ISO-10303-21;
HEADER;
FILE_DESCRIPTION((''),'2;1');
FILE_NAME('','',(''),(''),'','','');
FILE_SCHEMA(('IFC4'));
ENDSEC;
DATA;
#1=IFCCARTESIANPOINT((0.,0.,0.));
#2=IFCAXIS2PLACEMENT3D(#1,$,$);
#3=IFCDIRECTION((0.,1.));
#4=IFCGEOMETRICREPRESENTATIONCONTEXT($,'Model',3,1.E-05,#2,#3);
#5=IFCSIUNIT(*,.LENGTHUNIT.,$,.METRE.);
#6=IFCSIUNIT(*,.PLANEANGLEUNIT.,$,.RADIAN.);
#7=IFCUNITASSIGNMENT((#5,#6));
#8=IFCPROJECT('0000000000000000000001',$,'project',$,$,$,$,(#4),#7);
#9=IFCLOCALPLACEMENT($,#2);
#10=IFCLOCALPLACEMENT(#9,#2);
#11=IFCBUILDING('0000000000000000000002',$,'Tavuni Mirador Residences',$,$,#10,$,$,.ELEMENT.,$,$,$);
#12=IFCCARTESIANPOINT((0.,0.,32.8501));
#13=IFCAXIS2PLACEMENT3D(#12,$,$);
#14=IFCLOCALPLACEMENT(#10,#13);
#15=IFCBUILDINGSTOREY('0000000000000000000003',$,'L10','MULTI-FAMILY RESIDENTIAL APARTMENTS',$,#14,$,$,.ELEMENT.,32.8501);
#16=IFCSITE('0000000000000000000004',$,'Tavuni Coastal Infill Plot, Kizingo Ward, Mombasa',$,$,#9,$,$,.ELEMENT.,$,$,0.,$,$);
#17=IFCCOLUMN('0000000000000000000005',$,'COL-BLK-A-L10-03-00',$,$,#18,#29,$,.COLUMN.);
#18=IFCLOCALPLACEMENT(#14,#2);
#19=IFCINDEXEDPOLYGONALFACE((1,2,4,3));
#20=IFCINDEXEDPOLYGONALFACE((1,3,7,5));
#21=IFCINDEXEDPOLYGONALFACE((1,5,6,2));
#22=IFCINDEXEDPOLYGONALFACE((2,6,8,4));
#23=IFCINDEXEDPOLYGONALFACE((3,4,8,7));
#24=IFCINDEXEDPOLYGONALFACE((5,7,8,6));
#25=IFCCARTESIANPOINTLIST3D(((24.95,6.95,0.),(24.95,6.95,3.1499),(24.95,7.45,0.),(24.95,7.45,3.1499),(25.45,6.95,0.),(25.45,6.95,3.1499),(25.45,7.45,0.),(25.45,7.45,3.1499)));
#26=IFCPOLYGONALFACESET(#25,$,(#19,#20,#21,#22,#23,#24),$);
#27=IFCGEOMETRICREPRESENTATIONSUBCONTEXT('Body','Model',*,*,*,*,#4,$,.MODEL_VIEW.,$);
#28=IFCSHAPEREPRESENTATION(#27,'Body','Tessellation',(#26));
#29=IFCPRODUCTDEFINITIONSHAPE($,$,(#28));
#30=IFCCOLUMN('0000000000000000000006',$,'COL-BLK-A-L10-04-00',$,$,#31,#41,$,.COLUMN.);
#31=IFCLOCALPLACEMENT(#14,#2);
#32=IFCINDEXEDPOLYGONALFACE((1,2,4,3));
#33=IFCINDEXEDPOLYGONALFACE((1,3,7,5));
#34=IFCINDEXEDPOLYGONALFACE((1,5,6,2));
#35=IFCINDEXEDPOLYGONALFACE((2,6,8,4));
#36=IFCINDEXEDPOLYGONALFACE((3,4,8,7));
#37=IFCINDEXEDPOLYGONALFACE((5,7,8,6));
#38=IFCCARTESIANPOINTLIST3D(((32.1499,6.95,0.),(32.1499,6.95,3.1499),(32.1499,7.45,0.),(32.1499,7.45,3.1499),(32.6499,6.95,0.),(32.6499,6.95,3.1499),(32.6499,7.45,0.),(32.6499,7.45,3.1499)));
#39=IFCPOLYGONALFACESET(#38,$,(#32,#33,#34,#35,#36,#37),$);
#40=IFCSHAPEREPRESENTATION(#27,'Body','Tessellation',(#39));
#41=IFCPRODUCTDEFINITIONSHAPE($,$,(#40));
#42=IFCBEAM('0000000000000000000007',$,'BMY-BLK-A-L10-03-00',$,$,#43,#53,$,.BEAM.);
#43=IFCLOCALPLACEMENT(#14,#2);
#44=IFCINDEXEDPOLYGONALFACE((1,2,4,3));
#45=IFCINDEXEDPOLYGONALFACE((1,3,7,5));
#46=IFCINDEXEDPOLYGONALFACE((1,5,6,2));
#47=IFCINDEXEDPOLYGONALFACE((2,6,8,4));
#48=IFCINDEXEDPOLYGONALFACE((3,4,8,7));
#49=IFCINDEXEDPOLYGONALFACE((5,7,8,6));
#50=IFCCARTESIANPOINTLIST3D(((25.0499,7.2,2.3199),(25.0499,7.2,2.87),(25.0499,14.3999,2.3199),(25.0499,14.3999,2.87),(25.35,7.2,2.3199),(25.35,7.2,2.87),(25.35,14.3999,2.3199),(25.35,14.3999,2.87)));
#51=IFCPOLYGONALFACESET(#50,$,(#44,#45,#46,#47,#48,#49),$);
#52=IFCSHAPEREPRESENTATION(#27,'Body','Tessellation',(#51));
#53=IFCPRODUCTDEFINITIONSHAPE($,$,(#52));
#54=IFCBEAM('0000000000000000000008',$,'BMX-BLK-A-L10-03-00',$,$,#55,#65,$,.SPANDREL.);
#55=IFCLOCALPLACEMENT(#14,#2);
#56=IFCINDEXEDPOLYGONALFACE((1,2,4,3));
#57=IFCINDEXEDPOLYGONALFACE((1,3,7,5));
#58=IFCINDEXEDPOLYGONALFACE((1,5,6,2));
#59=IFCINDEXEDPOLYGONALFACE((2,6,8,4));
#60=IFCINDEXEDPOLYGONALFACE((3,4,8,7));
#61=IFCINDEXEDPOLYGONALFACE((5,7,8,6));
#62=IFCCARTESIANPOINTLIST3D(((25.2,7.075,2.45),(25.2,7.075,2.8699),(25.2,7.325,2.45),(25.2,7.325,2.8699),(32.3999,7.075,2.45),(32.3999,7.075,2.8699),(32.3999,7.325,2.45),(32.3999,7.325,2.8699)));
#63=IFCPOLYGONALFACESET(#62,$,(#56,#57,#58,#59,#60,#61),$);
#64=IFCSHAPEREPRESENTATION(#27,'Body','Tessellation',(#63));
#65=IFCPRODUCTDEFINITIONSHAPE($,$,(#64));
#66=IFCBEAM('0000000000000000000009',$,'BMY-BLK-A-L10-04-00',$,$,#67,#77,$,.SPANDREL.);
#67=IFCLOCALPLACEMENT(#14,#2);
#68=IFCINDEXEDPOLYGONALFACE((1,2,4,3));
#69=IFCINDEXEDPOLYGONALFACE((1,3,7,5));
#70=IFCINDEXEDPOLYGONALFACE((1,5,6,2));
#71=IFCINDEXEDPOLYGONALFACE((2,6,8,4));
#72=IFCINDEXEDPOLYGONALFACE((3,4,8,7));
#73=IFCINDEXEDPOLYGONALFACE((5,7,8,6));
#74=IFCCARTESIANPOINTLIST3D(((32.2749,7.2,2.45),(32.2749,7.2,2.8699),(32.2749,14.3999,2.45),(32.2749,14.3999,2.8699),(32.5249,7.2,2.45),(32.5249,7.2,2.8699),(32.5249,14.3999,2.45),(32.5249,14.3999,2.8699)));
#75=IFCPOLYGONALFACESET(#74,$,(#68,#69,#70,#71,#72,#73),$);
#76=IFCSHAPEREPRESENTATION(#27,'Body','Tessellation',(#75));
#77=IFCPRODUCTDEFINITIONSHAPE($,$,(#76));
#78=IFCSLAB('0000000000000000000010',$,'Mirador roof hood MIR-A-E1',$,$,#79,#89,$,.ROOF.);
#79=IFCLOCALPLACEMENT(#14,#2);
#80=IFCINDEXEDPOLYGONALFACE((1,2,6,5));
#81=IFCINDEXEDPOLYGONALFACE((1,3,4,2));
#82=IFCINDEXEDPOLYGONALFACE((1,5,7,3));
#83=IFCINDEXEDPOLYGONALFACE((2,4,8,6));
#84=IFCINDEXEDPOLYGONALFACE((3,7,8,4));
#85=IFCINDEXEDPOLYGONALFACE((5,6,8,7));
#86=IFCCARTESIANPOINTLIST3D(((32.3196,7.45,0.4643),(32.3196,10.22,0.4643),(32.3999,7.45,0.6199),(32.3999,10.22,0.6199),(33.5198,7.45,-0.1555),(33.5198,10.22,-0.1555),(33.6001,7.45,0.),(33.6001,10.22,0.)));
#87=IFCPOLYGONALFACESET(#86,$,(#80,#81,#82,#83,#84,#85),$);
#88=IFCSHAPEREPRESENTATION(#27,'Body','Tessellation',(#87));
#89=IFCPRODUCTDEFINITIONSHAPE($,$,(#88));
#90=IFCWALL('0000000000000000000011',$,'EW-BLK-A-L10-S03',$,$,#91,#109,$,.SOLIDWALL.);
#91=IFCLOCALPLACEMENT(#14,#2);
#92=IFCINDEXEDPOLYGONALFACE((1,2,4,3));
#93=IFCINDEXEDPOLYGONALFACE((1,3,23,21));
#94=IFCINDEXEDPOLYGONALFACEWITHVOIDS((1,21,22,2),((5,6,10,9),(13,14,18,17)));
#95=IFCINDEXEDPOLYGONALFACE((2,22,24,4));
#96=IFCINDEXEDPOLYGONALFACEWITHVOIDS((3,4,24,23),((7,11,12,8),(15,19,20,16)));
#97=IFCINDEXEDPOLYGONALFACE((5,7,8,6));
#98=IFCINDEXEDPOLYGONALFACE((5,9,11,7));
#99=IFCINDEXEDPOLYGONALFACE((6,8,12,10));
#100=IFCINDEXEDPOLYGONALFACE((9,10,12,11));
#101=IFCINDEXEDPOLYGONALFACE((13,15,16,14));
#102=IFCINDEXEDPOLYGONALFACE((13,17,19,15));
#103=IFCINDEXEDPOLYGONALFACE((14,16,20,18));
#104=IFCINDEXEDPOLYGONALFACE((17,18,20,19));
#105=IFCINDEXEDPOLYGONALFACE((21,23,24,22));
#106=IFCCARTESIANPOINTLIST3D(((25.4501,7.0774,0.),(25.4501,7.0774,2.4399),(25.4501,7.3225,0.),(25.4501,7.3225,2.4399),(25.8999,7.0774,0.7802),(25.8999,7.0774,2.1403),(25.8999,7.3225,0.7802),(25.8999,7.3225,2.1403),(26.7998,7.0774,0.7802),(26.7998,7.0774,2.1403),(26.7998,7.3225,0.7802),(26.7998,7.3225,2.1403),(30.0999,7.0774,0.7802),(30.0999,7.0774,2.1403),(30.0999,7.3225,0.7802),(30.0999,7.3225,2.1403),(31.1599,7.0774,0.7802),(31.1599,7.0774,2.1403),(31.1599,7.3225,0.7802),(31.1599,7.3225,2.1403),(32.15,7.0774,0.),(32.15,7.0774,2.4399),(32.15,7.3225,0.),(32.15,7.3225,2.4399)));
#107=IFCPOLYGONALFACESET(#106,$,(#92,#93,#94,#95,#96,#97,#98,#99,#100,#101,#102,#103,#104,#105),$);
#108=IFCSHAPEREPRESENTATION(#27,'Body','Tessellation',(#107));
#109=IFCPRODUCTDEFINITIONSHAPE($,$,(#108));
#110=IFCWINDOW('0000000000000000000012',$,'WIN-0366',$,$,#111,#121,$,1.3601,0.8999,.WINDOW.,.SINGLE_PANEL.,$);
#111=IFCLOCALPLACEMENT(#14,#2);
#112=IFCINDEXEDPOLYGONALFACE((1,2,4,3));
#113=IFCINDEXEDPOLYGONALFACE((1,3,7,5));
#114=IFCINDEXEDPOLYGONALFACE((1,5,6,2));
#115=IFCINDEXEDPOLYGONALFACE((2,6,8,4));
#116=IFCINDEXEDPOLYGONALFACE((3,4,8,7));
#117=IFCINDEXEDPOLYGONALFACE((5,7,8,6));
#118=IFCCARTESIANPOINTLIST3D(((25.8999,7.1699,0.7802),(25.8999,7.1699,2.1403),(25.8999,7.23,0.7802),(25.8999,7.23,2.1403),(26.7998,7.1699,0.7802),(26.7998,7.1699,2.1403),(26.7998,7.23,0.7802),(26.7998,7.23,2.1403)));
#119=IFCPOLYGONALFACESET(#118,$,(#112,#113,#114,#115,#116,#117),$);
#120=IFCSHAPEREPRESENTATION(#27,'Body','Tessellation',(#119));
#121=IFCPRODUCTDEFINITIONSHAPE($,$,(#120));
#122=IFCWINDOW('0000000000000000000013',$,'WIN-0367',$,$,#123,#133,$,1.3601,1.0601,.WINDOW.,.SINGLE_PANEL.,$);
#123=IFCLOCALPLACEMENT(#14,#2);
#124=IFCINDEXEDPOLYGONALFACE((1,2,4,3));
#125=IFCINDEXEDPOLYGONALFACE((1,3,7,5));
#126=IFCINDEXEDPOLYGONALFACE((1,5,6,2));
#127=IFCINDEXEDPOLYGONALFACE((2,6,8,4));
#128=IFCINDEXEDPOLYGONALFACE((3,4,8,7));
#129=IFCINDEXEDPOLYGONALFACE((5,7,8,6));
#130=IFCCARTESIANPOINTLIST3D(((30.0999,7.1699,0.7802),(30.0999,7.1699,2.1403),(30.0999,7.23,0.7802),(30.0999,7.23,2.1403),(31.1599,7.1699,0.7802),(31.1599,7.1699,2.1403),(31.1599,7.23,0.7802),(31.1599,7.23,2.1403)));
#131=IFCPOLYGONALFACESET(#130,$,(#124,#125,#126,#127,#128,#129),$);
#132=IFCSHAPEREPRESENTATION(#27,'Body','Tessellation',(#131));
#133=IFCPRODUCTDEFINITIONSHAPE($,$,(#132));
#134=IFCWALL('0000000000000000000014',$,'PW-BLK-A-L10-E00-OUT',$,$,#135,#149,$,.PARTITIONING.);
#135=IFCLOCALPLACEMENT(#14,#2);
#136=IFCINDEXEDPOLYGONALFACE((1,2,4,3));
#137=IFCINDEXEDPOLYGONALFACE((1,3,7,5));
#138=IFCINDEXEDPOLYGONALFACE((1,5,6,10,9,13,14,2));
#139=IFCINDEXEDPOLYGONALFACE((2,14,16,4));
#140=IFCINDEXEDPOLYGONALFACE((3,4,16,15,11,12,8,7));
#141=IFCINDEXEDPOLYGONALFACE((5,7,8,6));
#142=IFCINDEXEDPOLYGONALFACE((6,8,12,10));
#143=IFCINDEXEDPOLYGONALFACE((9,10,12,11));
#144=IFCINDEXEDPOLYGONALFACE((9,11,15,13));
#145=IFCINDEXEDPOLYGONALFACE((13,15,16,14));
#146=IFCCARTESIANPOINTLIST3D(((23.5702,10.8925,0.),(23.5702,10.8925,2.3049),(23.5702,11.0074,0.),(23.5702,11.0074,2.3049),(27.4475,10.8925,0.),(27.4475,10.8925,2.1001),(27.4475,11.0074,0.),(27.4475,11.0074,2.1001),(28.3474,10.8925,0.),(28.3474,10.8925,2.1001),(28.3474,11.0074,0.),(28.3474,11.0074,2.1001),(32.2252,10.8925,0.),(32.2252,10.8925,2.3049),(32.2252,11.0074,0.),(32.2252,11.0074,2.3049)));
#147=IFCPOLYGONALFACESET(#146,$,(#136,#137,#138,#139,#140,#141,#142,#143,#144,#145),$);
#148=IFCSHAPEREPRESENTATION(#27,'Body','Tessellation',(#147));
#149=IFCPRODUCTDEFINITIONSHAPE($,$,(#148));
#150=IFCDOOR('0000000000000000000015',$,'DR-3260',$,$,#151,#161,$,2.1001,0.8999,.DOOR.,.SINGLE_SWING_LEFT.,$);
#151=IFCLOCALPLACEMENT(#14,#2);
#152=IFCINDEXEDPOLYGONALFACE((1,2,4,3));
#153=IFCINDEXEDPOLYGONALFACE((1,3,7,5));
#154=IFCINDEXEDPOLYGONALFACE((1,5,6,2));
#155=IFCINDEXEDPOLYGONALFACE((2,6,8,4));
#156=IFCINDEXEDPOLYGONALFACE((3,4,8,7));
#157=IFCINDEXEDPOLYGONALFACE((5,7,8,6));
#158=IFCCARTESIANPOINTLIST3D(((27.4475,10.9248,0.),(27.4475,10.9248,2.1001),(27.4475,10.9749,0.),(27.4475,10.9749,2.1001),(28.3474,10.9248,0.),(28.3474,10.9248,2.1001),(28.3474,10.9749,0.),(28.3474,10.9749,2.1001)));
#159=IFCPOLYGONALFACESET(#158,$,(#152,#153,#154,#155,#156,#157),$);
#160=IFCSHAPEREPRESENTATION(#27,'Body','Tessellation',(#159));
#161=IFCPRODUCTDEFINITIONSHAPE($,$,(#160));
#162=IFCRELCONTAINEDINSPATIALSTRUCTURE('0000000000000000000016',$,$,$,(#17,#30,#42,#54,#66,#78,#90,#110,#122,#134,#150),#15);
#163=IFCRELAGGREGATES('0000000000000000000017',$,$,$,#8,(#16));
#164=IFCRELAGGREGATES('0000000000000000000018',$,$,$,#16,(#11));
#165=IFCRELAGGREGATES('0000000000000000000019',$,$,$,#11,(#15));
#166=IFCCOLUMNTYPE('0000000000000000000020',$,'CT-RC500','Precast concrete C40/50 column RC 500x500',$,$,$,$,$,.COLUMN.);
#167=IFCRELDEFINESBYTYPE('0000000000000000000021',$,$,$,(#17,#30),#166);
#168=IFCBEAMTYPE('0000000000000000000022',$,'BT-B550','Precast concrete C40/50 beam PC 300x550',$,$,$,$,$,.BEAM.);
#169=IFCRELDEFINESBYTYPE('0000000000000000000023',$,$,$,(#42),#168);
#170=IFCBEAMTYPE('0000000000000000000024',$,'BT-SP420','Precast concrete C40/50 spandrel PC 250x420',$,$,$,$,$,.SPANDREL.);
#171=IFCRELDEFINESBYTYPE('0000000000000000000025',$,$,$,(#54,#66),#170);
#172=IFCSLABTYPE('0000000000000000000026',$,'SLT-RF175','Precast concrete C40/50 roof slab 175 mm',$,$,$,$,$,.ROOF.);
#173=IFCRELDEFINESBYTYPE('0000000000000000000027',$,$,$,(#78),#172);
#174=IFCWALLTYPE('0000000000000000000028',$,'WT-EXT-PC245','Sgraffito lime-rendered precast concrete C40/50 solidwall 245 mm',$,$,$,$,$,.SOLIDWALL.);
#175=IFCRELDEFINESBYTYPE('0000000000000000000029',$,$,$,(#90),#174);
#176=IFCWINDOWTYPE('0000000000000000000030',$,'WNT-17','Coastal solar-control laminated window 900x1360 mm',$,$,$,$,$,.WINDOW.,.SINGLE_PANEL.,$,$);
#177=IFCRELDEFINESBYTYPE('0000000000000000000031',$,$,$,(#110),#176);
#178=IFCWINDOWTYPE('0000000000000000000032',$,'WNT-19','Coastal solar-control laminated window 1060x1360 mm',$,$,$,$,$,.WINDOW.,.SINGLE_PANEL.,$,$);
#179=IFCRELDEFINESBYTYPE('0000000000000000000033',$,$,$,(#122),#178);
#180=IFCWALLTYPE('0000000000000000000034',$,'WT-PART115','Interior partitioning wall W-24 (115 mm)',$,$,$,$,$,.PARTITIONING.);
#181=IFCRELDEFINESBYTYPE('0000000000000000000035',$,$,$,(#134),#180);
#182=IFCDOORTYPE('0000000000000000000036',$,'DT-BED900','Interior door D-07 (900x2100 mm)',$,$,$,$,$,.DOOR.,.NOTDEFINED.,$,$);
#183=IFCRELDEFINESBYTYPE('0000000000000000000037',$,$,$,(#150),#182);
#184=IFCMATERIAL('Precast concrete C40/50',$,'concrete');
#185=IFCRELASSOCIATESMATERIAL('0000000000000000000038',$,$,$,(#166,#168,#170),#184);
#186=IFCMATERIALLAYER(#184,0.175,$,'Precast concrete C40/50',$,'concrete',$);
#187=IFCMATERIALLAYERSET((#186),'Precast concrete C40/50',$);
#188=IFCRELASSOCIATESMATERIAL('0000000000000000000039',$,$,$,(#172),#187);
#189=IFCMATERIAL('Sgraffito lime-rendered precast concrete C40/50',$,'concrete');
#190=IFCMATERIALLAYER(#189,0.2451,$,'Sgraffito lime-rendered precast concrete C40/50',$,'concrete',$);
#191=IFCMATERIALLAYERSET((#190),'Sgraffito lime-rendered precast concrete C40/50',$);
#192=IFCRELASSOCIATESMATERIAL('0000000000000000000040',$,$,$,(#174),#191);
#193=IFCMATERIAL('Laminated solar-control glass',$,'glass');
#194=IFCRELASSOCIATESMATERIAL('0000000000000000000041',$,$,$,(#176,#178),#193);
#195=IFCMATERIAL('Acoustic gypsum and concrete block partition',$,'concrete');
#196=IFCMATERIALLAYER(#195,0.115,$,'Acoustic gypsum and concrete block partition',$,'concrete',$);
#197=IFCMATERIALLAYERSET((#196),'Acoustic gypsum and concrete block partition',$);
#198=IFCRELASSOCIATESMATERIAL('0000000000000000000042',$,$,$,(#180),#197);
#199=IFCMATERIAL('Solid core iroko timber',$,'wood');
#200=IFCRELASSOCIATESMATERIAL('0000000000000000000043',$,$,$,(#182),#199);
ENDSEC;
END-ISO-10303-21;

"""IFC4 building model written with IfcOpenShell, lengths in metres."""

from ifc_helpers import new_model, si_unit, direction, frame, frame_2d, origin, origin_2d, place, context, subcontext, project, spatial, polyline, rectangle, outline, extrude, material, layer, layer_set, material_profile, profile_set, type_object, element, fill, save


model = new_model("IFC4")

# Units and contexts
model_context = context("Model", 3, precision=1e-05, world=origin(), true_north=direction((0.0, 1.0)))
body_context = subcontext(model_context, "Body", "Model", "MODEL_VIEW")
ifc_project = project(units=[si_unit("LENGTHUNIT", "METRE"), si_unit("PLANEANGLEUNIT", "RADIAN")], contexts=[model_context])

# Site, building, storey
site_placement = place(None, origin())
site = spatial("IfcSite", under=ifc_project, at=site_placement, Name="Tavuni Coastal Infill Plot, Kizingo Ward, Mombasa", CompositionType="ELEMENT", RefElevation=0.0)
building_placement = place(site_placement, origin())
building = spatial("IfcBuilding", under=site, at=building_placement, Name="Tavuni Mirador Residences", CompositionType="ELEMENT")
storey_placement = place(building_placement, frame((0.0, 0.0, 32.8501)))
storey = spatial("IfcBuildingStorey", under=building, at=storey_placement, Name="L10", Description="MULTI-FAMILY RESIDENTIAL APARTMENTS", CompositionType="ELEMENT", Elevation=32.8501)

# Columns
ifc_material_1 = material(Name="Precast concrete C40/50", Category="concrete")
ifc_material_profile_1 = material_profile(ifc_material_1, rectangle(XDim=0.5, YDim=0.5, at=origin_2d()), Name="RC 500x500", Category="concrete")
ifc_profile_set_1 = profile_set([ifc_material_profile_1], Name="Precast concrete C40/50")
column_type = type_object("IfcColumnType", Name="CT-RC500", Description="Precast concrete C40/50 column RC 500x500", PredefinedType="COLUMN", material=ifc_profile_set_1)
for number, where, z_axis, x_axis, name in (
    (1, (25.2, 7.2, 0.0), (0.0, 0.0, 1.0), (1.0, 0.0, 0.0), "COL-BLK-A-L10-03-00"),
    (2, (32.3999, 7.2, 0.0), (0.0, 0.0, 1.0), (1.0, 0.0, 0.0), "COL-BLK-A-L10-04-00"),
):
    element("IfcColumn", number, at=place(storey_placement, frame(where, z_axis=z_axis, x_axis=x_axis)), inside=storey, type_object=column_type, Name=name, PredefinedType="COLUMN", context=body_context, shape_type="SweptSolid", body=[
        extrude(rectangle(XDim=0.5, YDim=0.5, at=origin_2d()), origin(), (0.0, 0.0, 1.0), 3.1499),
    ])

# Beams
ifc_material_profile_2 = material_profile(ifc_material_1, rectangle(XDim=0.3, YDim=0.55, at=origin_2d()), Name="PC 300x550", Category="concrete")
ifc_profile_set_2 = profile_set([ifc_material_profile_2], Name="Precast concrete C40/50")
beam_type_1 = type_object("IfcBeamType", Name="BT-B550", Description="Precast concrete C40/50 beam PC 300x550", PredefinedType="BEAM", material=ifc_profile_set_2)
beam_placement = place(storey_placement, frame((25.2, 7.2, 2.595), z_axis=(0.0, 1.0, 0.0), x_axis=(-1.0, 0.0, 0.0)))
element("IfcBeam", 3, at=beam_placement, inside=storey, type_object=beam_type_1, Name="BMY-BLK-A-L10-03-00", PredefinedType="BEAM", context=body_context, shape_type="SweptSolid", body=[
    extrude(rectangle(XDim=0.3, YDim=0.55, at=origin_2d()), origin(), (0.0, 0.0, 1.0), 7.2),
])
ifc_material_profile_3 = material_profile(ifc_material_1, rectangle(XDim=0.25, YDim=0.4199, at=origin_2d()), Name="PC 250x420", Category="concrete")
ifc_profile_set_3 = profile_set([ifc_material_profile_3], Name="Precast concrete C40/50")
beam_type_2 = type_object("IfcBeamType", Name="BT-SP420", Description="Precast concrete C40/50 spandrel PC 250x420", PredefinedType="SPANDREL", material=ifc_profile_set_3)
for number, where, z_axis, x_axis, name in (
    (4, (25.2, 7.2, 2.6599), (1.0, 0.0, 0.0), (0.0, 1.0, 0.0), "BMX-BLK-A-L10-03-00"),
    (5, (32.3999, 7.2, 2.6599), (0.0, 1.0, 0.0), (-1.0, 0.0, 0.0), "BMY-BLK-A-L10-04-00"),
):
    element("IfcBeam", number, at=place(storey_placement, frame(where, z_axis=z_axis, x_axis=x_axis)), inside=storey, type_object=beam_type_2, Name=name, PredefinedType="SPANDREL", context=body_context, shape_type="SweptSolid", body=[
        extrude(rectangle(XDim=0.25, YDim=0.4199, at=origin_2d()), origin(), (0.0, 0.0, 1.0), 7.2),
    ])

# Slab
ifc_layer_1 = layer(ifc_material_1, 0.175, Name="Precast concrete C40/50", Category="concrete")
ifc_layer_set_1 = layer_set([ifc_layer_1], Name="Precast concrete C40/50")
slab_type = type_object("IfcSlabType", Name="SLT-RF175", Description="Precast concrete C40/50 roof slab 175 mm", PredefinedType="ROOF", material=ifc_layer_set_1)
slab_placement = place(storey_placement, frame((32.3999, 7.45, 0.6199), z_axis=(0.458887, 0.0, 0.888495), x_axis=(0.0, 1.0, 0.0)))
element("IfcSlab", 6, at=slab_placement, inside=storey, type_object=slab_type, Name="Mirador roof hood MIR-A-E1", PredefinedType="ROOF", context=body_context, shape_type="SweptSolid", body=[
    extrude(outline(polyline([(0.0, 0.0), (2.77, 0.0), (2.77, -1.3508), (0.0, -1.3508), (0.0, 0.0)])), origin(), (0.0, 0.0, -1.0), 0.175),
])

# Wall, openings, windows
ifc_material_2 = material(Name="Sgraffito lime-rendered precast concrete C40/50", Category="concrete")
ifc_layer_2 = layer(ifc_material_2, 0.2451, Name="Sgraffito lime-rendered precast concrete C40/50", Category="concrete")
ifc_layer_set_2 = layer_set([ifc_layer_2], Name="Sgraffito lime-rendered precast concrete C40/50")
wall_type_1 = type_object("IfcWallType", Name="WT-EXT-PC245", Description="Sgraffito lime-rendered precast concrete C40/50 solidwall 245 mm", PredefinedType="SOLIDWALL", material=ifc_layer_set_2)
wall_1_placement = place(storey_placement, frame((25.45, 7.2, 0.0), z_axis=(0.0, 0.0, 1.0), x_axis=(1.0, 0.0, 0.0)))
wall_1 = element("IfcWall", 7, at=wall_1_placement, inside=storey, type_object=wall_type_1, Name="EW-BLK-A-L10-S03", PredefinedType="SOLIDWALL", context=body_context, shape_type="SweptSolid", body=[
    extrude(rectangle(XDim=6.7, YDim=0.2451, at=frame_2d((3.3501, 0.0))), origin(), (0.0, 0.0, 1.0), 2.4399),
])
opening_1_placement = place(wall_1_placement, frame((0.45, 0.0, 0.78)))
opening_1 = element("IfcOpeningElement", 8, at=opening_1_placement, cuts=wall_1, PredefinedType="OPENING", context=body_context, shape_type="SweptSolid", body=[
    extrude(rectangle(XDim=0.8999, YDim=1.3601, at=frame_2d((0.45, 0.6802))), frame((0.0, 0.1326, 0.0), z_axis=(0.0, -1.0, 0.0), x_axis=(1.0, 0.0, 0.0)), (0.0, 0.0, 1.0), 0.2651),
])
opening_2_placement = place(wall_1_placement, frame((4.6499, 0.0, 0.78)))
opening_2 = element("IfcOpeningElement", 9, at=opening_2_placement, cuts=wall_1, PredefinedType="OPENING", context=body_context, shape_type="SweptSolid", body=[
    extrude(rectangle(XDim=1.0601, YDim=1.3601, at=frame_2d((0.53, 0.6802))), frame((0.0, 0.1326, 0.0), z_axis=(0.0, -1.0, 0.0), x_axis=(1.0, 0.0, 0.0)), (0.0, 0.0, 1.0), 0.2651),
])
ifc_material_3 = material(Name="Laminated solar-control glass", Category="glass")
window_type_1 = type_object("IfcWindowType", Name="WNT-17", Description="Coastal solar-control laminated window 900x1360 mm", PartitioningType="SINGLE_PANEL", PredefinedType="WINDOW", material=ifc_material_3)
window_1_placement = place(opening_1_placement, origin())
window_1 = element("IfcWindow", 10, at=window_1_placement, inside=storey, type_object=window_type_1, Name="WIN-0366", OverallHeight=1.3601, OverallWidth=0.8999, PartitioningType="SINGLE_PANEL", PredefinedType="WINDOW", context=body_context, shape_type="SweptSolid", body=[
    extrude(rectangle(XDim=0.8999, YDim=1.3601, at=frame_2d((0.45, 0.6802))), frame((0.0, 0.03, 0.0), z_axis=(0.0, -1.0, 0.0), x_axis=(1.0, 0.0, 0.0)), (0.0, 0.0, 1.0), 0.0601),
])
fill(opening_1, window_1)
window_type_2 = type_object("IfcWindowType", Name="WNT-19", Description="Coastal solar-control laminated window 1060x1360 mm", PartitioningType="SINGLE_PANEL", PredefinedType="WINDOW", material=ifc_material_3)
window_2_placement = place(opening_2_placement, origin())
window_2 = element("IfcWindow", 11, at=window_2_placement, inside=storey, type_object=window_type_2, Name="WIN-0367", OverallHeight=1.3601, OverallWidth=1.0601, PartitioningType="SINGLE_PANEL", PredefinedType="WINDOW", context=body_context, shape_type="SweptSolid", body=[
    extrude(rectangle(XDim=1.0601, YDim=1.3601, at=frame_2d((0.53, 0.6802))), frame((0.0, 0.03, 0.0), z_axis=(0.0, -1.0, 0.0), x_axis=(1.0, 0.0, 0.0)), (0.0, 0.0, 1.0), 0.0601),
])
fill(opening_2, window_2)

# Wall, opening, door
ifc_material_4 = material(Name="Acoustic gypsum and concrete block partition", Category="concrete")
ifc_layer_3 = layer(ifc_material_4, 0.115, Name="Acoustic gypsum and concrete block partition", Category="concrete")
ifc_layer_set_3 = layer_set([ifc_layer_3], Name="Acoustic gypsum and concrete block partition")
wall_type_2 = type_object("IfcWallType", Name="WT-PART115", Description="Interior partitioning wall W-24 (115 mm)", PredefinedType="PARTITIONING", material=ifc_layer_set_3)
wall_2_placement = place(storey_placement, frame((23.5701, 10.95, 0.0), z_axis=(0.0, 0.0, 1.0), x_axis=(1.0, 0.0, 0.0)))
wall_2 = element("IfcWall", 12, at=wall_2_placement, inside=storey, type_object=wall_type_2, Name="PW-BLK-A-L10-E00-OUT", PredefinedType="PARTITIONING", context=body_context, shape_type="SweptSolid", body=[
    extrude(rectangle(XDim=8.655, YDim=0.115, at=frame_2d((4.3276, 0.0))), origin(), (0.0, 0.0, 1.0), 2.3049),
])
opening_3_placement = place(wall_2_placement, frame((3.8774, 0.0, 0.0)))
opening_3 = element("IfcOpeningElement", 13, at=opening_3_placement, cuts=wall_2, PredefinedType="OPENING", context=body_context, shape_type="SweptSolid", body=[
    extrude(rectangle(XDim=0.8999, YDim=2.1001, at=frame_2d((0.45, 1.05))), frame((0.0, 0.0674, 0.0), z_axis=(0.0, -1.0, 0.0), x_axis=(1.0, 0.0, 0.0)), (0.0, 0.0, 1.0), 0.135),
])
ifc_material_5 = material(Name="Solid core iroko timber", Category="wood")
door_type_1 = type_object("IfcDoorType", Name="DT-BED900", Description="Interior door D-07 (900x2100 mm)", OperationType="NOTDEFINED", PredefinedType="DOOR", material=ifc_material_5)
door_1_placement = place(opening_3_placement, origin())
door_1 = element("IfcDoor", 14, at=door_1_placement, inside=storey, type_object=door_type_1, Name="DR-3260", OperationType="SINGLE_SWING_LEFT", OverallHeight=2.1001, OverallWidth=0.8999, PredefinedType="DOOR", context=body_context, shape_type="SweptSolid", body=[
    extrude(rectangle(XDim=0.8999, YDim=2.1001, at=frame_2d((0.45, 1.05))), frame((0.0, 0.0249, 0.0), z_axis=(0.0, -1.0, 0.0), x_axis=(1.0, 0.0, 0.0)), (0.0, 0.0, 1.0), 0.05),
])
fill(opening_3, door_1)

save(model, "model.ifc")
